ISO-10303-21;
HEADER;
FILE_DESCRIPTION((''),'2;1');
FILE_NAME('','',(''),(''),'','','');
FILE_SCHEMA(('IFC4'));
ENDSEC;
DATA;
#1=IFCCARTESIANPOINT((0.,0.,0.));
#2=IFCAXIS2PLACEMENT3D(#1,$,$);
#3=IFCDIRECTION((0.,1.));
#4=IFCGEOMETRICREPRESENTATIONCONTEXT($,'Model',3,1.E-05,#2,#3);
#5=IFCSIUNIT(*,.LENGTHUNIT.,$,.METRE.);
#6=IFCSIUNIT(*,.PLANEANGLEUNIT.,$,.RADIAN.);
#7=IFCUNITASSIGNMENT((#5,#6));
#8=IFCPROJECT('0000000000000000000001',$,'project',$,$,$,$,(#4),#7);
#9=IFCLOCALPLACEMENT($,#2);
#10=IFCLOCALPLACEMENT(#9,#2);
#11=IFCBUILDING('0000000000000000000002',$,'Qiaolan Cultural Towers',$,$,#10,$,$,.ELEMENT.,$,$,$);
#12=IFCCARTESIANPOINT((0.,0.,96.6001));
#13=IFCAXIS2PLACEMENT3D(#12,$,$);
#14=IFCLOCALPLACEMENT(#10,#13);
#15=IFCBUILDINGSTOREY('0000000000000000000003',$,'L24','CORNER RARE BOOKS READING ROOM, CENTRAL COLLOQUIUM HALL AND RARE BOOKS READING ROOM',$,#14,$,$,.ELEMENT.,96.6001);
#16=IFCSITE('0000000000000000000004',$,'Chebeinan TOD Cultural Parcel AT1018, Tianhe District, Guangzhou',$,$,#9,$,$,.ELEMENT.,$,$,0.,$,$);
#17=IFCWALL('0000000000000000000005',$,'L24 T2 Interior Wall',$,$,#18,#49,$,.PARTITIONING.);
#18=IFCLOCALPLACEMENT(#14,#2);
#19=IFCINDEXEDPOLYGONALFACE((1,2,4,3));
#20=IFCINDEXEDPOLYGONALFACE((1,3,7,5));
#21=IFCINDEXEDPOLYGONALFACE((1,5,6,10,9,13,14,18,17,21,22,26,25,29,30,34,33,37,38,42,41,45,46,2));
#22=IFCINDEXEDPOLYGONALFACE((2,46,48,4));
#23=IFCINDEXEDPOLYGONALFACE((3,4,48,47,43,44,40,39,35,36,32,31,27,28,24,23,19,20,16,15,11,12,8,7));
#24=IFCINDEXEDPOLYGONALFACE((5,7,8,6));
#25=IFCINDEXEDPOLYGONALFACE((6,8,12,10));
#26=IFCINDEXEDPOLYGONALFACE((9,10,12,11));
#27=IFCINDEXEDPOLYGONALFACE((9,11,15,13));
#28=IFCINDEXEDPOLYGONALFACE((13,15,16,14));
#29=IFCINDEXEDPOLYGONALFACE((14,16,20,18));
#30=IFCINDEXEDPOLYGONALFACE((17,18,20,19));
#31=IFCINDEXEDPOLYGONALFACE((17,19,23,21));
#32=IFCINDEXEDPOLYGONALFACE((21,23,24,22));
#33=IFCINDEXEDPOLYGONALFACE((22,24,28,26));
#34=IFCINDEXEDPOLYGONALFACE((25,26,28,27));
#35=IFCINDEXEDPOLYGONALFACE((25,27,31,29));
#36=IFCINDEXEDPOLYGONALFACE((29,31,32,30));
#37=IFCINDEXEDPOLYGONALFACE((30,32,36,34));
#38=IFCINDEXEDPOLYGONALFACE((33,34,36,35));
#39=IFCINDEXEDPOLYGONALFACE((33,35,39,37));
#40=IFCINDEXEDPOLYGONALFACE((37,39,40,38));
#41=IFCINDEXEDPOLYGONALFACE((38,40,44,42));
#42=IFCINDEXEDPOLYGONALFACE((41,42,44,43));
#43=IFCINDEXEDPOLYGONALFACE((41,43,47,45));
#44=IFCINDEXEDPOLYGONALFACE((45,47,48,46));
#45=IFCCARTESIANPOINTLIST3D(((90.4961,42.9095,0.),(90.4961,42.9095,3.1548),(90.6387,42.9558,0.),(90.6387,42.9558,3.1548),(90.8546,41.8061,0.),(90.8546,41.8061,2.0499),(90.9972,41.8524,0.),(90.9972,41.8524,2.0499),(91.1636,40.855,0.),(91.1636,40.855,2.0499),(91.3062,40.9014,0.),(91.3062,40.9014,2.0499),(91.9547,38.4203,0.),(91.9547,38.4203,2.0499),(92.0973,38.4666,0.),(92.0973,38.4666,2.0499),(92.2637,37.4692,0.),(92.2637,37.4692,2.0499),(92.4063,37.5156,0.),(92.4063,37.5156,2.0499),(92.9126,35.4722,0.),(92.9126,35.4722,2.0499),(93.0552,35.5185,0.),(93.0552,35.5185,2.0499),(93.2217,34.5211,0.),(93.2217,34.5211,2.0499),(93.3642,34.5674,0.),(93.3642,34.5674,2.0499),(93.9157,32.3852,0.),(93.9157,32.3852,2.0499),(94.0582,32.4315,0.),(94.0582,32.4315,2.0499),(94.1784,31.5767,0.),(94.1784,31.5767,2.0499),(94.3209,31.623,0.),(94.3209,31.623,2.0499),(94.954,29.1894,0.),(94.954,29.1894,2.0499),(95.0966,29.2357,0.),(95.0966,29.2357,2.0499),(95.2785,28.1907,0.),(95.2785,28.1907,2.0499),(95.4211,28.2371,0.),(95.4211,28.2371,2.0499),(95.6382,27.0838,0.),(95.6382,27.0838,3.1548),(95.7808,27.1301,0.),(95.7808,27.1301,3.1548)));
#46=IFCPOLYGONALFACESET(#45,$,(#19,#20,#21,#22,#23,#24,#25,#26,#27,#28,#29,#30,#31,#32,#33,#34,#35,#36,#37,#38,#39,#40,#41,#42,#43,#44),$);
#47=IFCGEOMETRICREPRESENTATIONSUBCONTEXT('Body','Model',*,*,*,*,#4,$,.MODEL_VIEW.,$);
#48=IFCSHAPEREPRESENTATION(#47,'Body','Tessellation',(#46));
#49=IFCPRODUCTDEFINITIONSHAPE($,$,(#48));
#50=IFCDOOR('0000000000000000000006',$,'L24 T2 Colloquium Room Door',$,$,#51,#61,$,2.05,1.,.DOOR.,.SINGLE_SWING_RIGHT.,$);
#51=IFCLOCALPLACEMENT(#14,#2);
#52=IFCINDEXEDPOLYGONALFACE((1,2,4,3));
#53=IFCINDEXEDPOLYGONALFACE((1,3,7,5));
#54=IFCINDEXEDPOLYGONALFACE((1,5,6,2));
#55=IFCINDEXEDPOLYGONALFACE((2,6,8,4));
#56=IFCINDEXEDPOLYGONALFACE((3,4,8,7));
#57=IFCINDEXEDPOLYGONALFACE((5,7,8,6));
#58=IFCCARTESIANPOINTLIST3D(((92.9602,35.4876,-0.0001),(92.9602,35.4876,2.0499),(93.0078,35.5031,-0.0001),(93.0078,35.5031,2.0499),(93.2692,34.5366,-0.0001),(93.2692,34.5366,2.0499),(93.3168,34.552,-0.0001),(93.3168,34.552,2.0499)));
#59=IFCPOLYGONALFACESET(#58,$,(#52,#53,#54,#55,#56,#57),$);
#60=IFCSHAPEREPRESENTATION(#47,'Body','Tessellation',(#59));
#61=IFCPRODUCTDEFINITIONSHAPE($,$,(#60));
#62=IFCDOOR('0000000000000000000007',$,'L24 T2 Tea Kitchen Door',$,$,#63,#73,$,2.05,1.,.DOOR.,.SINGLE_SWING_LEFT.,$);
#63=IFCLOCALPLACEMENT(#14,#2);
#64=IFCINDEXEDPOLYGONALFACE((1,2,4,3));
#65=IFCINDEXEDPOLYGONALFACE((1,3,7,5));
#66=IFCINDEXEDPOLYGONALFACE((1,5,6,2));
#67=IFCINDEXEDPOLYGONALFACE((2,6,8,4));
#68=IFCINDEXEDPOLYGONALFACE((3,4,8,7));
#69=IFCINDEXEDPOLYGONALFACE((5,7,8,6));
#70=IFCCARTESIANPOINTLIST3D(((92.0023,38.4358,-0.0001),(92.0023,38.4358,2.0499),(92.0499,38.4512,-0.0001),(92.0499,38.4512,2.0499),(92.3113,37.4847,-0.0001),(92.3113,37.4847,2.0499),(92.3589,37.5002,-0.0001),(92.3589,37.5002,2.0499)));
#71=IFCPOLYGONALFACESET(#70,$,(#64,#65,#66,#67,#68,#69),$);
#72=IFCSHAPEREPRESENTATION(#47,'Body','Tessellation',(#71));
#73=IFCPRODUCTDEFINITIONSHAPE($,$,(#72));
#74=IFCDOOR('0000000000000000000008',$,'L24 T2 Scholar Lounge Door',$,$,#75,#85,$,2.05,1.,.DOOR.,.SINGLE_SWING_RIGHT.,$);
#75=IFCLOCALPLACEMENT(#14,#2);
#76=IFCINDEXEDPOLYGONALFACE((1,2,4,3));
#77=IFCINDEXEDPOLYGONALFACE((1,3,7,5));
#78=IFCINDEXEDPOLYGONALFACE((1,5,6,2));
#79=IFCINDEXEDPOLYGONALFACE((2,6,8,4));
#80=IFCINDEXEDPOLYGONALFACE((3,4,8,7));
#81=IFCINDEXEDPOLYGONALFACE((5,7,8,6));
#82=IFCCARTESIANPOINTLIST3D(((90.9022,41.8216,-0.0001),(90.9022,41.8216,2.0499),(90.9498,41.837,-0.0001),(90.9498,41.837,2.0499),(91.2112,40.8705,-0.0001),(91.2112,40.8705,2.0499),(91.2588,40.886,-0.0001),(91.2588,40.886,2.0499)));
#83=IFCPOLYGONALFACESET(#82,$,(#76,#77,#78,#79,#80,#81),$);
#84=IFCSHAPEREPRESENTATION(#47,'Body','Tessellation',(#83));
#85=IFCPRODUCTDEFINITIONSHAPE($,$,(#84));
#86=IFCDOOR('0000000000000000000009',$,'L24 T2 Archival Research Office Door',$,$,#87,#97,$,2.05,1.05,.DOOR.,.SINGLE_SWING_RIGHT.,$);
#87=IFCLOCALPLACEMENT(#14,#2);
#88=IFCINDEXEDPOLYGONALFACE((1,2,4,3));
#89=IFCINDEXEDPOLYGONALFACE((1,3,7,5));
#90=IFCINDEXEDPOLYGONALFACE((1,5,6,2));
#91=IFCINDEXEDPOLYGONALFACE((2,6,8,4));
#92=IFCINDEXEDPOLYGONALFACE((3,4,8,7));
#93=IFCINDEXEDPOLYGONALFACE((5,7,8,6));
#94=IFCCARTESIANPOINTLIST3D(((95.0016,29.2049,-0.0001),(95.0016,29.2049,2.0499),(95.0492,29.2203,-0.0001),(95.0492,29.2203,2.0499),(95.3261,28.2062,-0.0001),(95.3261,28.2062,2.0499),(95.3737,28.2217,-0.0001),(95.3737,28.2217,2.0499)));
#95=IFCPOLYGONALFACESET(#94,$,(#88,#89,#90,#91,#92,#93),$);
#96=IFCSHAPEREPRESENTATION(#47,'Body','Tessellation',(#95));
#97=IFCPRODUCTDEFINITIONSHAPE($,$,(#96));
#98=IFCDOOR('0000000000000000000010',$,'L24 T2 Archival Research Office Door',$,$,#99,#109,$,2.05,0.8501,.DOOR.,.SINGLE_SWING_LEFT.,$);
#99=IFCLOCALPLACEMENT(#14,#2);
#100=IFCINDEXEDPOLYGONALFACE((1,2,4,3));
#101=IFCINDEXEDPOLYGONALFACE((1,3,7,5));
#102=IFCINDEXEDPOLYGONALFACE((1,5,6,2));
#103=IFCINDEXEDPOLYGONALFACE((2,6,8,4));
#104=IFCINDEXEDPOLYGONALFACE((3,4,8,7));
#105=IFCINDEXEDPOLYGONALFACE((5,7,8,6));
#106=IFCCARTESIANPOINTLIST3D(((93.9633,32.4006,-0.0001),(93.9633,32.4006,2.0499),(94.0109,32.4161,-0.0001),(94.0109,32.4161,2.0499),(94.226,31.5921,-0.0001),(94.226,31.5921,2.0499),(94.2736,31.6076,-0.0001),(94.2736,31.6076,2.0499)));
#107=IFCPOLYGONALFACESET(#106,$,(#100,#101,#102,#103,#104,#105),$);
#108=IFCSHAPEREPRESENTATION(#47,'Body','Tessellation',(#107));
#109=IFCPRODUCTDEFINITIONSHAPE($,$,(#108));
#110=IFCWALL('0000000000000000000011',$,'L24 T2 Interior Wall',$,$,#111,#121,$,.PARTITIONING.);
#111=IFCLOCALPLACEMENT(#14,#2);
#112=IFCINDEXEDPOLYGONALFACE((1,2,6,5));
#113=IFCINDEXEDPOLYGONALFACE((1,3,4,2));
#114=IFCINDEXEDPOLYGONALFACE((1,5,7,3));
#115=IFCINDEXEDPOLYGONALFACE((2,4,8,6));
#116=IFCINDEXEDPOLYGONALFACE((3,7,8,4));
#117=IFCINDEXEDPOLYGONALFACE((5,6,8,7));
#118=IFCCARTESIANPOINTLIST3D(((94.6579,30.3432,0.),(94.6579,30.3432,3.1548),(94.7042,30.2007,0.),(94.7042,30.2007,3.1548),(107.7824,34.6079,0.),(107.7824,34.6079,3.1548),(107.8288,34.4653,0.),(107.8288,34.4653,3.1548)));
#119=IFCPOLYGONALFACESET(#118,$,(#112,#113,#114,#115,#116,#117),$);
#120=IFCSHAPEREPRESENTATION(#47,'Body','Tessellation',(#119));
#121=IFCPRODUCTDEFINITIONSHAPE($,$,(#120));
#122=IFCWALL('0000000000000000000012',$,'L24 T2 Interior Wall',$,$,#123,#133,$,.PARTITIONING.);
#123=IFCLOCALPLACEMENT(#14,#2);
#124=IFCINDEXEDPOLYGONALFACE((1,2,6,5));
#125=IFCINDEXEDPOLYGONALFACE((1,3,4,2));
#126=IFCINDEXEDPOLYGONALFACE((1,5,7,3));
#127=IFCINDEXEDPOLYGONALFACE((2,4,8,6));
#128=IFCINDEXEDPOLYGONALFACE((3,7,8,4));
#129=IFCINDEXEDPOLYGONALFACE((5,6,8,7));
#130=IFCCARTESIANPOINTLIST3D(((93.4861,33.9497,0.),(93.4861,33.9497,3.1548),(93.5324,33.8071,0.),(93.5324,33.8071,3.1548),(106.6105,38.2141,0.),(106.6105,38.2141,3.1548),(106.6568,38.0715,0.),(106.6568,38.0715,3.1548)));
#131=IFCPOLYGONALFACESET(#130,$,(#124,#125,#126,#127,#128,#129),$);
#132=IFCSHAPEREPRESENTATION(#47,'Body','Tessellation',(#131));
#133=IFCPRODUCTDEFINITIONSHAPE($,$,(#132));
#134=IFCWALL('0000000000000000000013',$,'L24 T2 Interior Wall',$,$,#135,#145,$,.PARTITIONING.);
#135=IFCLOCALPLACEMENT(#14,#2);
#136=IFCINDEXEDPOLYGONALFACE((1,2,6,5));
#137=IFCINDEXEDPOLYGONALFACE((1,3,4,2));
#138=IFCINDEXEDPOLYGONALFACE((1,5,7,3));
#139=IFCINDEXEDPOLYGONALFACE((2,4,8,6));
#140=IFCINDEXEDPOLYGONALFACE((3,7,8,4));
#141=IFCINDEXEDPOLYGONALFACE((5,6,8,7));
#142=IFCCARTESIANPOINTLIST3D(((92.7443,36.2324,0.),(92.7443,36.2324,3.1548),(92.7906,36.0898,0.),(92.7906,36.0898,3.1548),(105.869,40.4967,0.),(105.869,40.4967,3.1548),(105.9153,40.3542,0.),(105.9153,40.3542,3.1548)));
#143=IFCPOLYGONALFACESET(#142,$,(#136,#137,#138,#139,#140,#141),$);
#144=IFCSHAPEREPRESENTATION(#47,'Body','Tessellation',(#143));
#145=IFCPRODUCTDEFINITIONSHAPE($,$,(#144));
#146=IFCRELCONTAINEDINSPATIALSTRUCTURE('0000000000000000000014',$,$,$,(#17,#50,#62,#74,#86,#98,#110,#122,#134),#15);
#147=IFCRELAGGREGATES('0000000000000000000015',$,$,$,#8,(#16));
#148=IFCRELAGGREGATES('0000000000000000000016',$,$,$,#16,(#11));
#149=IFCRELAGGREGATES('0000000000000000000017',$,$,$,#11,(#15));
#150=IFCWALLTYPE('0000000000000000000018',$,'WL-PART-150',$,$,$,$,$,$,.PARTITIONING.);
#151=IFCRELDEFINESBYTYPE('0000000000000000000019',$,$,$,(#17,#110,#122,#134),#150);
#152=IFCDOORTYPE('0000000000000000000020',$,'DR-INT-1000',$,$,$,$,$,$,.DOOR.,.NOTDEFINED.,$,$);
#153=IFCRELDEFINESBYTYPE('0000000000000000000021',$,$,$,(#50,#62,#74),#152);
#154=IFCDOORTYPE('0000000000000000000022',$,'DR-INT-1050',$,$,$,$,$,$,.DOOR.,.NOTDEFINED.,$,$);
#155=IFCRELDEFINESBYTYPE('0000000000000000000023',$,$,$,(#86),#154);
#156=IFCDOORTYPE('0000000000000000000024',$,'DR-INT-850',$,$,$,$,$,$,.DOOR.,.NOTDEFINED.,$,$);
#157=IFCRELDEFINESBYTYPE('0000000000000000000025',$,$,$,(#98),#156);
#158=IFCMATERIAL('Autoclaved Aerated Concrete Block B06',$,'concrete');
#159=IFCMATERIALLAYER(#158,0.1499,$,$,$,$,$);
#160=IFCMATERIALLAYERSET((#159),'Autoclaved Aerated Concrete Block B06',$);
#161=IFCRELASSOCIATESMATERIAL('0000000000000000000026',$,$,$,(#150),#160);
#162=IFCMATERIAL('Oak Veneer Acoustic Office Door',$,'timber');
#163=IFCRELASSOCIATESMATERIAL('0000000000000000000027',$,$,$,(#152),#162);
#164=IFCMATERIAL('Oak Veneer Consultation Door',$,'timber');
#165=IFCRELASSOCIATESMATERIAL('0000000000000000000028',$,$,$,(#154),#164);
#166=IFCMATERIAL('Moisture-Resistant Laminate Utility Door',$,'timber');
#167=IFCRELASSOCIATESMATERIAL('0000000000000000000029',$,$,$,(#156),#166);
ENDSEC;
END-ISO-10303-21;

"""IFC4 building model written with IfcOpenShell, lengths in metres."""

from ifc_helpers import new_model, si_unit, direction, frame, frame_2d, origin, place, context, subcontext, project, spatial, rectangle, extrude, material, layer, layer_set, type_object, element, fill, save


model = new_model("IFC4")

# Units and contexts
model_context = context("Model", 3, precision=1e-05, world=origin(), true_north=direction((0.0, 1.0)))
body_context = subcontext(model_context, "Body", "Model", "MODEL_VIEW")
ifc_project = project(units=[si_unit("LENGTHUNIT", "METRE"), si_unit("PLANEANGLEUNIT", "RADIAN")], contexts=[model_context])

# Site, building, storey
site_placement = place(None, origin())
site = spatial("IfcSite", under=ifc_project, at=site_placement, Name="Chebeinan TOD Cultural Parcel AT1018, Tianhe District, Guangzhou", CompositionType="ELEMENT", RefElevation=0.0)
building_placement = place(site_placement, origin())
building = spatial("IfcBuilding", under=site, at=building_placement, Name="Qiaolan Cultural Towers", CompositionType="ELEMENT")
storey_placement = place(building_placement, frame((0.0, 0.0, 96.6001)))
storey = spatial("IfcBuildingStorey", under=building, at=storey_placement, Name="L24", Description="CORNER RARE BOOKS READING ROOM, CENTRAL COLLOQUIUM HALL AND RARE BOOKS READING ROOM", CompositionType="ELEMENT", Elevation=96.6001)

# Shared definitions
ifc_material_1 = material(Name="Autoclaved Aerated Concrete Block B06", Category="concrete")
ifc_layer_1 = layer(ifc_material_1, 0.1499)
ifc_layer_set_1 = layer_set([ifc_layer_1], Name="Autoclaved Aerated Concrete Block B06")
wall_type_1 = type_object("IfcWallType", Name="WL-PART-150", PredefinedType="PARTITIONING", material=ifc_layer_set_1)
ifc_material_2 = material(Name="Oak Veneer Acoustic Office Door", Category="timber")
door_type_1 = type_object("IfcDoorType", Name="DR-INT-1000", OperationType="NOTDEFINED", PredefinedType="DOOR", material=ifc_material_2)

# Wall, openings, doors
wall_1_placement = place(storey_placement, frame((95.7095, 27.1069, 0.0), z_axis=(0.0, 0.0, 1.0), x_axis=(-0.309018, 0.951056, 0.0)))
wall_1 = element("IfcWall", 1, at=wall_1_placement, inside=storey, type_object=wall_type_1, Name="L24 T2 Interior Wall", PredefinedType="PARTITIONING", context=body_context, shape_type="SweptSolid", body=[
    extrude(rectangle(XDim=16.6401, YDim=0.1499, at=frame_2d((8.3201, 0.0))), origin(), (0.0, 0.0, 1.0), 3.1548),
])
opening_1_placement = place(wall_1_placement, frame((1.1641, 0.0, 0.0)))
opening_1 = element("IfcOpeningElement", 2, at=opening_1_placement, cuts=wall_1, PredefinedType="OPENING", context=body_context, shape_type="SweptSolid", body=[
    extrude(rectangle(XDim=1.05, YDim=2.05, at=frame_2d((0.5249, 1.0249))), frame((0.0, 0.085, 0.0), z_axis=(0.0, -1.0, 0.0), x_axis=(1.0, 0.0, 0.0)), (0.0, 0.0, 1.0), 0.1699),
])
opening_2_placement = place(wall_1_placement, frame((4.7241, 0.0, 0.0)))
opening_2 = element("IfcOpeningElement", 3, at=opening_2_placement, cuts=wall_1, PredefinedType="OPENING", context=body_context, shape_type="SweptSolid", body=[
    extrude(rectangle(XDim=0.8501, YDim=2.05, at=frame_2d((0.425, 1.0249))), frame((0.0, 0.085, 0.0), z_axis=(0.0, -1.0, 0.0), x_axis=(1.0, 0.0, 0.0)), (0.0, 0.0, 1.0), 0.1699),
])
opening_3_placement = place(wall_1_placement, frame((7.8201, 0.0, 0.0)))
opening_3 = element("IfcOpeningElement", 4, at=opening_3_placement, cuts=wall_1, PredefinedType="OPENING", context=body_context, shape_type="SweptSolid", body=[
    extrude(rectangle(XDim=1.0, YDim=2.05, at=frame_2d((0.5, 1.0249))), frame((0.0, 0.085, 0.0), z_axis=(0.0, -1.0, 0.0), x_axis=(1.0, 0.0, 0.0)), (0.0, 0.0, 1.0), 0.1699),
])
opening_4_placement = place(wall_1_placement, frame((10.9199, 0.0, 0.0)))
opening_4 = element("IfcOpeningElement", 5, at=opening_4_placement, cuts=wall_1, PredefinedType="OPENING", context=body_context, shape_type="SweptSolid", body=[
    extrude(rectangle(XDim=1.0, YDim=2.05, at=frame_2d((0.5, 1.0249))), frame((0.0, 0.085, 0.0), z_axis=(0.0, -1.0, 0.0), x_axis=(1.0, 0.0, 0.0)), (0.0, 0.0, 1.0), 0.1699),
])
opening_5_placement = place(wall_1_placement, frame((14.48, 0.0, 0.0)))
opening_5 = element("IfcOpeningElement", 6, at=opening_5_placement, cuts=wall_1, PredefinedType="OPENING", context=body_context, shape_type="SweptSolid", body=[
    extrude(rectangle(XDim=1.0, YDim=2.05, at=frame_2d((0.5, 1.0249))), frame((0.0, 0.085, 0.0), z_axis=(0.0, -1.0, 0.0), x_axis=(1.0, 0.0, 0.0)), (0.0, 0.0, 1.0), 0.1699),
])
door_1_placement = place(opening_3_placement, origin())
door_1 = element("IfcDoor", 7, at=door_1_placement, inside=storey, type_object=door_type_1, Name="L24 T2 Colloquium Room Door", OperationType="SINGLE_SWING_RIGHT", OverallHeight=2.05, OverallWidth=1.0, PredefinedType="DOOR", context=body_context, shape_type="SweptSolid", body=[
    extrude(rectangle(XDim=1.0, YDim=2.05, at=frame_2d((0.5, 1.0249))), frame((0.0, 0.0249, 0.0), z_axis=(0.0, -1.0, 0.0), x_axis=(1.0, 0.0, 0.0)), (0.0, 0.0, 1.0), 0.05),
])
fill(opening_3, door_1)
door_2_placement = place(opening_4_placement, origin())
door_2 = element("IfcDoor", 8, at=door_2_placement, inside=storey, type_object=door_type_1, Name="L24 T2 Tea Kitchen Door", OperationType="SINGLE_SWING_LEFT", OverallHeight=2.05, OverallWidth=1.0, PredefinedType="DOOR", context=body_context, shape_type="SweptSolid", body=[
    extrude(rectangle(XDim=1.0, YDim=2.05, at=frame_2d((0.5, 1.0249))), frame((0.0, 0.0249, 0.0), z_axis=(0.0, -1.0, 0.0), x_axis=(1.0, 0.0, 0.0)), (0.0, 0.0, 1.0), 0.05),
])
fill(opening_4, door_2)
door_3_placement = place(opening_5_placement, origin())
door_3 = element("IfcDoor", 9, at=door_3_placement, inside=storey, type_object=door_type_1, Name="L24 T2 Scholar Lounge Door", OperationType="SINGLE_SWING_RIGHT", OverallHeight=2.05, OverallWidth=1.0, PredefinedType="DOOR", context=body_context, shape_type="SweptSolid", body=[
    extrude(rectangle(XDim=1.0, YDim=2.05, at=frame_2d((0.5, 1.0249))), frame((0.0, 0.0249, 0.0), z_axis=(0.0, -1.0, 0.0), x_axis=(1.0, 0.0, 0.0)), (0.0, 0.0, 1.0), 0.05),
])
fill(opening_5, door_3)
ifc_material_3 = material(Name="Oak Veneer Consultation Door", Category="timber")
door_type_2 = type_object("IfcDoorType", Name="DR-INT-1050", OperationType="NOTDEFINED", PredefinedType="DOOR", material=ifc_material_3)
door_4_placement = place(opening_1_placement, origin())
door_4 = element("IfcDoor", 10, at=door_4_placement, inside=storey, type_object=door_type_2, Name="L24 T2 Archival Research Office Door", OperationType="SINGLE_SWING_RIGHT", OverallHeight=2.05, OverallWidth=1.05, PredefinedType="DOOR", context=body_context, shape_type="SweptSolid", body=[
    extrude(rectangle(XDim=1.05, YDim=2.05, at=frame_2d((0.5249, 1.0249))), frame((0.0, 0.0249, 0.0), z_axis=(0.0, -1.0, 0.0), x_axis=(1.0, 0.0, 0.0)), (0.0, 0.0, 1.0), 0.05),
])
fill(opening_1, door_4)
ifc_material_4 = material(Name="Moisture-Resistant Laminate Utility Door", Category="timber")
door_type_3 = type_object("IfcDoorType", Name="DR-INT-850", OperationType="NOTDEFINED", PredefinedType="DOOR", material=ifc_material_4)
door_5_placement = place(opening_2_placement, origin())
door_5 = element("IfcDoor", 11, at=door_5_placement, inside=storey, type_object=door_type_3, Name="L24 T2 Archival Research Office Door", OperationType="SINGLE_SWING_LEFT", OverallHeight=2.05, OverallWidth=0.8501, PredefinedType="DOOR", context=body_context, shape_type="SweptSolid", body=[
    extrude(rectangle(XDim=0.8501, YDim=2.05, at=frame_2d((0.425, 1.0249))), frame((0.0, 0.0249, 0.0), z_axis=(0.0, -1.0, 0.0), x_axis=(1.0, 0.0, 0.0)), (0.0, 0.0, 1.0), 0.05),
])
fill(opening_2, door_5)

# Walls
wall_2_placement = place(storey_placement, frame((94.6812, 30.272, 0.0), z_axis=(0.0, 0.0, 1.0), x_axis=(0.951051, 0.309032, 0.0)))
element("IfcWall", 12, at=wall_2_placement, inside=storey, type_object=wall_type_1, Name="L24 T2 Interior Wall", PredefinedType="PARTITIONING", context=body_context, shape_type="SweptSolid", body=[
    extrude(rectangle(XDim=13.8, YDim=0.1499, at=frame_2d((6.8999, 0.0))), origin(), (0.0, 0.0, 1.0), 3.1548),
])
wall_3_placement = place(storey_placement, frame((93.5093, 33.8784, 0.0), z_axis=(0.0, 0.0, 1.0), x_axis=(0.951057, 0.309016, 0.0)))
element("IfcWall", 13, at=wall_3_placement, inside=storey, type_object=wall_type_1, Name="L24 T2 Interior Wall", PredefinedType="PARTITIONING", context=body_context, shape_type="SweptSolid", body=[
    extrude(rectangle(XDim=13.7998, YDim=0.1499, at=frame_2d((6.8999, 0.0))), origin(), (0.0, 0.0, 1.0), 3.1548),
])
wall_4_placement = place(storey_placement, frame((92.7676, 36.1611, 0.0), z_axis=(0.0, 0.0, 1.0), x_axis=(0.951058, 0.309011, 0.0)))
element("IfcWall", 14, at=wall_4_placement, inside=storey, type_object=wall_type_1, Name="L24 T2 Interior Wall", PredefinedType="PARTITIONING", context=body_context, shape_type="SweptSolid", body=[
    extrude(rectangle(XDim=13.8, YDim=0.1499, at=frame_2d((6.8999, 0.0))), origin(), (0.0, 0.0, 1.0), 3.1548),
])

save(model, "model.ifc")
